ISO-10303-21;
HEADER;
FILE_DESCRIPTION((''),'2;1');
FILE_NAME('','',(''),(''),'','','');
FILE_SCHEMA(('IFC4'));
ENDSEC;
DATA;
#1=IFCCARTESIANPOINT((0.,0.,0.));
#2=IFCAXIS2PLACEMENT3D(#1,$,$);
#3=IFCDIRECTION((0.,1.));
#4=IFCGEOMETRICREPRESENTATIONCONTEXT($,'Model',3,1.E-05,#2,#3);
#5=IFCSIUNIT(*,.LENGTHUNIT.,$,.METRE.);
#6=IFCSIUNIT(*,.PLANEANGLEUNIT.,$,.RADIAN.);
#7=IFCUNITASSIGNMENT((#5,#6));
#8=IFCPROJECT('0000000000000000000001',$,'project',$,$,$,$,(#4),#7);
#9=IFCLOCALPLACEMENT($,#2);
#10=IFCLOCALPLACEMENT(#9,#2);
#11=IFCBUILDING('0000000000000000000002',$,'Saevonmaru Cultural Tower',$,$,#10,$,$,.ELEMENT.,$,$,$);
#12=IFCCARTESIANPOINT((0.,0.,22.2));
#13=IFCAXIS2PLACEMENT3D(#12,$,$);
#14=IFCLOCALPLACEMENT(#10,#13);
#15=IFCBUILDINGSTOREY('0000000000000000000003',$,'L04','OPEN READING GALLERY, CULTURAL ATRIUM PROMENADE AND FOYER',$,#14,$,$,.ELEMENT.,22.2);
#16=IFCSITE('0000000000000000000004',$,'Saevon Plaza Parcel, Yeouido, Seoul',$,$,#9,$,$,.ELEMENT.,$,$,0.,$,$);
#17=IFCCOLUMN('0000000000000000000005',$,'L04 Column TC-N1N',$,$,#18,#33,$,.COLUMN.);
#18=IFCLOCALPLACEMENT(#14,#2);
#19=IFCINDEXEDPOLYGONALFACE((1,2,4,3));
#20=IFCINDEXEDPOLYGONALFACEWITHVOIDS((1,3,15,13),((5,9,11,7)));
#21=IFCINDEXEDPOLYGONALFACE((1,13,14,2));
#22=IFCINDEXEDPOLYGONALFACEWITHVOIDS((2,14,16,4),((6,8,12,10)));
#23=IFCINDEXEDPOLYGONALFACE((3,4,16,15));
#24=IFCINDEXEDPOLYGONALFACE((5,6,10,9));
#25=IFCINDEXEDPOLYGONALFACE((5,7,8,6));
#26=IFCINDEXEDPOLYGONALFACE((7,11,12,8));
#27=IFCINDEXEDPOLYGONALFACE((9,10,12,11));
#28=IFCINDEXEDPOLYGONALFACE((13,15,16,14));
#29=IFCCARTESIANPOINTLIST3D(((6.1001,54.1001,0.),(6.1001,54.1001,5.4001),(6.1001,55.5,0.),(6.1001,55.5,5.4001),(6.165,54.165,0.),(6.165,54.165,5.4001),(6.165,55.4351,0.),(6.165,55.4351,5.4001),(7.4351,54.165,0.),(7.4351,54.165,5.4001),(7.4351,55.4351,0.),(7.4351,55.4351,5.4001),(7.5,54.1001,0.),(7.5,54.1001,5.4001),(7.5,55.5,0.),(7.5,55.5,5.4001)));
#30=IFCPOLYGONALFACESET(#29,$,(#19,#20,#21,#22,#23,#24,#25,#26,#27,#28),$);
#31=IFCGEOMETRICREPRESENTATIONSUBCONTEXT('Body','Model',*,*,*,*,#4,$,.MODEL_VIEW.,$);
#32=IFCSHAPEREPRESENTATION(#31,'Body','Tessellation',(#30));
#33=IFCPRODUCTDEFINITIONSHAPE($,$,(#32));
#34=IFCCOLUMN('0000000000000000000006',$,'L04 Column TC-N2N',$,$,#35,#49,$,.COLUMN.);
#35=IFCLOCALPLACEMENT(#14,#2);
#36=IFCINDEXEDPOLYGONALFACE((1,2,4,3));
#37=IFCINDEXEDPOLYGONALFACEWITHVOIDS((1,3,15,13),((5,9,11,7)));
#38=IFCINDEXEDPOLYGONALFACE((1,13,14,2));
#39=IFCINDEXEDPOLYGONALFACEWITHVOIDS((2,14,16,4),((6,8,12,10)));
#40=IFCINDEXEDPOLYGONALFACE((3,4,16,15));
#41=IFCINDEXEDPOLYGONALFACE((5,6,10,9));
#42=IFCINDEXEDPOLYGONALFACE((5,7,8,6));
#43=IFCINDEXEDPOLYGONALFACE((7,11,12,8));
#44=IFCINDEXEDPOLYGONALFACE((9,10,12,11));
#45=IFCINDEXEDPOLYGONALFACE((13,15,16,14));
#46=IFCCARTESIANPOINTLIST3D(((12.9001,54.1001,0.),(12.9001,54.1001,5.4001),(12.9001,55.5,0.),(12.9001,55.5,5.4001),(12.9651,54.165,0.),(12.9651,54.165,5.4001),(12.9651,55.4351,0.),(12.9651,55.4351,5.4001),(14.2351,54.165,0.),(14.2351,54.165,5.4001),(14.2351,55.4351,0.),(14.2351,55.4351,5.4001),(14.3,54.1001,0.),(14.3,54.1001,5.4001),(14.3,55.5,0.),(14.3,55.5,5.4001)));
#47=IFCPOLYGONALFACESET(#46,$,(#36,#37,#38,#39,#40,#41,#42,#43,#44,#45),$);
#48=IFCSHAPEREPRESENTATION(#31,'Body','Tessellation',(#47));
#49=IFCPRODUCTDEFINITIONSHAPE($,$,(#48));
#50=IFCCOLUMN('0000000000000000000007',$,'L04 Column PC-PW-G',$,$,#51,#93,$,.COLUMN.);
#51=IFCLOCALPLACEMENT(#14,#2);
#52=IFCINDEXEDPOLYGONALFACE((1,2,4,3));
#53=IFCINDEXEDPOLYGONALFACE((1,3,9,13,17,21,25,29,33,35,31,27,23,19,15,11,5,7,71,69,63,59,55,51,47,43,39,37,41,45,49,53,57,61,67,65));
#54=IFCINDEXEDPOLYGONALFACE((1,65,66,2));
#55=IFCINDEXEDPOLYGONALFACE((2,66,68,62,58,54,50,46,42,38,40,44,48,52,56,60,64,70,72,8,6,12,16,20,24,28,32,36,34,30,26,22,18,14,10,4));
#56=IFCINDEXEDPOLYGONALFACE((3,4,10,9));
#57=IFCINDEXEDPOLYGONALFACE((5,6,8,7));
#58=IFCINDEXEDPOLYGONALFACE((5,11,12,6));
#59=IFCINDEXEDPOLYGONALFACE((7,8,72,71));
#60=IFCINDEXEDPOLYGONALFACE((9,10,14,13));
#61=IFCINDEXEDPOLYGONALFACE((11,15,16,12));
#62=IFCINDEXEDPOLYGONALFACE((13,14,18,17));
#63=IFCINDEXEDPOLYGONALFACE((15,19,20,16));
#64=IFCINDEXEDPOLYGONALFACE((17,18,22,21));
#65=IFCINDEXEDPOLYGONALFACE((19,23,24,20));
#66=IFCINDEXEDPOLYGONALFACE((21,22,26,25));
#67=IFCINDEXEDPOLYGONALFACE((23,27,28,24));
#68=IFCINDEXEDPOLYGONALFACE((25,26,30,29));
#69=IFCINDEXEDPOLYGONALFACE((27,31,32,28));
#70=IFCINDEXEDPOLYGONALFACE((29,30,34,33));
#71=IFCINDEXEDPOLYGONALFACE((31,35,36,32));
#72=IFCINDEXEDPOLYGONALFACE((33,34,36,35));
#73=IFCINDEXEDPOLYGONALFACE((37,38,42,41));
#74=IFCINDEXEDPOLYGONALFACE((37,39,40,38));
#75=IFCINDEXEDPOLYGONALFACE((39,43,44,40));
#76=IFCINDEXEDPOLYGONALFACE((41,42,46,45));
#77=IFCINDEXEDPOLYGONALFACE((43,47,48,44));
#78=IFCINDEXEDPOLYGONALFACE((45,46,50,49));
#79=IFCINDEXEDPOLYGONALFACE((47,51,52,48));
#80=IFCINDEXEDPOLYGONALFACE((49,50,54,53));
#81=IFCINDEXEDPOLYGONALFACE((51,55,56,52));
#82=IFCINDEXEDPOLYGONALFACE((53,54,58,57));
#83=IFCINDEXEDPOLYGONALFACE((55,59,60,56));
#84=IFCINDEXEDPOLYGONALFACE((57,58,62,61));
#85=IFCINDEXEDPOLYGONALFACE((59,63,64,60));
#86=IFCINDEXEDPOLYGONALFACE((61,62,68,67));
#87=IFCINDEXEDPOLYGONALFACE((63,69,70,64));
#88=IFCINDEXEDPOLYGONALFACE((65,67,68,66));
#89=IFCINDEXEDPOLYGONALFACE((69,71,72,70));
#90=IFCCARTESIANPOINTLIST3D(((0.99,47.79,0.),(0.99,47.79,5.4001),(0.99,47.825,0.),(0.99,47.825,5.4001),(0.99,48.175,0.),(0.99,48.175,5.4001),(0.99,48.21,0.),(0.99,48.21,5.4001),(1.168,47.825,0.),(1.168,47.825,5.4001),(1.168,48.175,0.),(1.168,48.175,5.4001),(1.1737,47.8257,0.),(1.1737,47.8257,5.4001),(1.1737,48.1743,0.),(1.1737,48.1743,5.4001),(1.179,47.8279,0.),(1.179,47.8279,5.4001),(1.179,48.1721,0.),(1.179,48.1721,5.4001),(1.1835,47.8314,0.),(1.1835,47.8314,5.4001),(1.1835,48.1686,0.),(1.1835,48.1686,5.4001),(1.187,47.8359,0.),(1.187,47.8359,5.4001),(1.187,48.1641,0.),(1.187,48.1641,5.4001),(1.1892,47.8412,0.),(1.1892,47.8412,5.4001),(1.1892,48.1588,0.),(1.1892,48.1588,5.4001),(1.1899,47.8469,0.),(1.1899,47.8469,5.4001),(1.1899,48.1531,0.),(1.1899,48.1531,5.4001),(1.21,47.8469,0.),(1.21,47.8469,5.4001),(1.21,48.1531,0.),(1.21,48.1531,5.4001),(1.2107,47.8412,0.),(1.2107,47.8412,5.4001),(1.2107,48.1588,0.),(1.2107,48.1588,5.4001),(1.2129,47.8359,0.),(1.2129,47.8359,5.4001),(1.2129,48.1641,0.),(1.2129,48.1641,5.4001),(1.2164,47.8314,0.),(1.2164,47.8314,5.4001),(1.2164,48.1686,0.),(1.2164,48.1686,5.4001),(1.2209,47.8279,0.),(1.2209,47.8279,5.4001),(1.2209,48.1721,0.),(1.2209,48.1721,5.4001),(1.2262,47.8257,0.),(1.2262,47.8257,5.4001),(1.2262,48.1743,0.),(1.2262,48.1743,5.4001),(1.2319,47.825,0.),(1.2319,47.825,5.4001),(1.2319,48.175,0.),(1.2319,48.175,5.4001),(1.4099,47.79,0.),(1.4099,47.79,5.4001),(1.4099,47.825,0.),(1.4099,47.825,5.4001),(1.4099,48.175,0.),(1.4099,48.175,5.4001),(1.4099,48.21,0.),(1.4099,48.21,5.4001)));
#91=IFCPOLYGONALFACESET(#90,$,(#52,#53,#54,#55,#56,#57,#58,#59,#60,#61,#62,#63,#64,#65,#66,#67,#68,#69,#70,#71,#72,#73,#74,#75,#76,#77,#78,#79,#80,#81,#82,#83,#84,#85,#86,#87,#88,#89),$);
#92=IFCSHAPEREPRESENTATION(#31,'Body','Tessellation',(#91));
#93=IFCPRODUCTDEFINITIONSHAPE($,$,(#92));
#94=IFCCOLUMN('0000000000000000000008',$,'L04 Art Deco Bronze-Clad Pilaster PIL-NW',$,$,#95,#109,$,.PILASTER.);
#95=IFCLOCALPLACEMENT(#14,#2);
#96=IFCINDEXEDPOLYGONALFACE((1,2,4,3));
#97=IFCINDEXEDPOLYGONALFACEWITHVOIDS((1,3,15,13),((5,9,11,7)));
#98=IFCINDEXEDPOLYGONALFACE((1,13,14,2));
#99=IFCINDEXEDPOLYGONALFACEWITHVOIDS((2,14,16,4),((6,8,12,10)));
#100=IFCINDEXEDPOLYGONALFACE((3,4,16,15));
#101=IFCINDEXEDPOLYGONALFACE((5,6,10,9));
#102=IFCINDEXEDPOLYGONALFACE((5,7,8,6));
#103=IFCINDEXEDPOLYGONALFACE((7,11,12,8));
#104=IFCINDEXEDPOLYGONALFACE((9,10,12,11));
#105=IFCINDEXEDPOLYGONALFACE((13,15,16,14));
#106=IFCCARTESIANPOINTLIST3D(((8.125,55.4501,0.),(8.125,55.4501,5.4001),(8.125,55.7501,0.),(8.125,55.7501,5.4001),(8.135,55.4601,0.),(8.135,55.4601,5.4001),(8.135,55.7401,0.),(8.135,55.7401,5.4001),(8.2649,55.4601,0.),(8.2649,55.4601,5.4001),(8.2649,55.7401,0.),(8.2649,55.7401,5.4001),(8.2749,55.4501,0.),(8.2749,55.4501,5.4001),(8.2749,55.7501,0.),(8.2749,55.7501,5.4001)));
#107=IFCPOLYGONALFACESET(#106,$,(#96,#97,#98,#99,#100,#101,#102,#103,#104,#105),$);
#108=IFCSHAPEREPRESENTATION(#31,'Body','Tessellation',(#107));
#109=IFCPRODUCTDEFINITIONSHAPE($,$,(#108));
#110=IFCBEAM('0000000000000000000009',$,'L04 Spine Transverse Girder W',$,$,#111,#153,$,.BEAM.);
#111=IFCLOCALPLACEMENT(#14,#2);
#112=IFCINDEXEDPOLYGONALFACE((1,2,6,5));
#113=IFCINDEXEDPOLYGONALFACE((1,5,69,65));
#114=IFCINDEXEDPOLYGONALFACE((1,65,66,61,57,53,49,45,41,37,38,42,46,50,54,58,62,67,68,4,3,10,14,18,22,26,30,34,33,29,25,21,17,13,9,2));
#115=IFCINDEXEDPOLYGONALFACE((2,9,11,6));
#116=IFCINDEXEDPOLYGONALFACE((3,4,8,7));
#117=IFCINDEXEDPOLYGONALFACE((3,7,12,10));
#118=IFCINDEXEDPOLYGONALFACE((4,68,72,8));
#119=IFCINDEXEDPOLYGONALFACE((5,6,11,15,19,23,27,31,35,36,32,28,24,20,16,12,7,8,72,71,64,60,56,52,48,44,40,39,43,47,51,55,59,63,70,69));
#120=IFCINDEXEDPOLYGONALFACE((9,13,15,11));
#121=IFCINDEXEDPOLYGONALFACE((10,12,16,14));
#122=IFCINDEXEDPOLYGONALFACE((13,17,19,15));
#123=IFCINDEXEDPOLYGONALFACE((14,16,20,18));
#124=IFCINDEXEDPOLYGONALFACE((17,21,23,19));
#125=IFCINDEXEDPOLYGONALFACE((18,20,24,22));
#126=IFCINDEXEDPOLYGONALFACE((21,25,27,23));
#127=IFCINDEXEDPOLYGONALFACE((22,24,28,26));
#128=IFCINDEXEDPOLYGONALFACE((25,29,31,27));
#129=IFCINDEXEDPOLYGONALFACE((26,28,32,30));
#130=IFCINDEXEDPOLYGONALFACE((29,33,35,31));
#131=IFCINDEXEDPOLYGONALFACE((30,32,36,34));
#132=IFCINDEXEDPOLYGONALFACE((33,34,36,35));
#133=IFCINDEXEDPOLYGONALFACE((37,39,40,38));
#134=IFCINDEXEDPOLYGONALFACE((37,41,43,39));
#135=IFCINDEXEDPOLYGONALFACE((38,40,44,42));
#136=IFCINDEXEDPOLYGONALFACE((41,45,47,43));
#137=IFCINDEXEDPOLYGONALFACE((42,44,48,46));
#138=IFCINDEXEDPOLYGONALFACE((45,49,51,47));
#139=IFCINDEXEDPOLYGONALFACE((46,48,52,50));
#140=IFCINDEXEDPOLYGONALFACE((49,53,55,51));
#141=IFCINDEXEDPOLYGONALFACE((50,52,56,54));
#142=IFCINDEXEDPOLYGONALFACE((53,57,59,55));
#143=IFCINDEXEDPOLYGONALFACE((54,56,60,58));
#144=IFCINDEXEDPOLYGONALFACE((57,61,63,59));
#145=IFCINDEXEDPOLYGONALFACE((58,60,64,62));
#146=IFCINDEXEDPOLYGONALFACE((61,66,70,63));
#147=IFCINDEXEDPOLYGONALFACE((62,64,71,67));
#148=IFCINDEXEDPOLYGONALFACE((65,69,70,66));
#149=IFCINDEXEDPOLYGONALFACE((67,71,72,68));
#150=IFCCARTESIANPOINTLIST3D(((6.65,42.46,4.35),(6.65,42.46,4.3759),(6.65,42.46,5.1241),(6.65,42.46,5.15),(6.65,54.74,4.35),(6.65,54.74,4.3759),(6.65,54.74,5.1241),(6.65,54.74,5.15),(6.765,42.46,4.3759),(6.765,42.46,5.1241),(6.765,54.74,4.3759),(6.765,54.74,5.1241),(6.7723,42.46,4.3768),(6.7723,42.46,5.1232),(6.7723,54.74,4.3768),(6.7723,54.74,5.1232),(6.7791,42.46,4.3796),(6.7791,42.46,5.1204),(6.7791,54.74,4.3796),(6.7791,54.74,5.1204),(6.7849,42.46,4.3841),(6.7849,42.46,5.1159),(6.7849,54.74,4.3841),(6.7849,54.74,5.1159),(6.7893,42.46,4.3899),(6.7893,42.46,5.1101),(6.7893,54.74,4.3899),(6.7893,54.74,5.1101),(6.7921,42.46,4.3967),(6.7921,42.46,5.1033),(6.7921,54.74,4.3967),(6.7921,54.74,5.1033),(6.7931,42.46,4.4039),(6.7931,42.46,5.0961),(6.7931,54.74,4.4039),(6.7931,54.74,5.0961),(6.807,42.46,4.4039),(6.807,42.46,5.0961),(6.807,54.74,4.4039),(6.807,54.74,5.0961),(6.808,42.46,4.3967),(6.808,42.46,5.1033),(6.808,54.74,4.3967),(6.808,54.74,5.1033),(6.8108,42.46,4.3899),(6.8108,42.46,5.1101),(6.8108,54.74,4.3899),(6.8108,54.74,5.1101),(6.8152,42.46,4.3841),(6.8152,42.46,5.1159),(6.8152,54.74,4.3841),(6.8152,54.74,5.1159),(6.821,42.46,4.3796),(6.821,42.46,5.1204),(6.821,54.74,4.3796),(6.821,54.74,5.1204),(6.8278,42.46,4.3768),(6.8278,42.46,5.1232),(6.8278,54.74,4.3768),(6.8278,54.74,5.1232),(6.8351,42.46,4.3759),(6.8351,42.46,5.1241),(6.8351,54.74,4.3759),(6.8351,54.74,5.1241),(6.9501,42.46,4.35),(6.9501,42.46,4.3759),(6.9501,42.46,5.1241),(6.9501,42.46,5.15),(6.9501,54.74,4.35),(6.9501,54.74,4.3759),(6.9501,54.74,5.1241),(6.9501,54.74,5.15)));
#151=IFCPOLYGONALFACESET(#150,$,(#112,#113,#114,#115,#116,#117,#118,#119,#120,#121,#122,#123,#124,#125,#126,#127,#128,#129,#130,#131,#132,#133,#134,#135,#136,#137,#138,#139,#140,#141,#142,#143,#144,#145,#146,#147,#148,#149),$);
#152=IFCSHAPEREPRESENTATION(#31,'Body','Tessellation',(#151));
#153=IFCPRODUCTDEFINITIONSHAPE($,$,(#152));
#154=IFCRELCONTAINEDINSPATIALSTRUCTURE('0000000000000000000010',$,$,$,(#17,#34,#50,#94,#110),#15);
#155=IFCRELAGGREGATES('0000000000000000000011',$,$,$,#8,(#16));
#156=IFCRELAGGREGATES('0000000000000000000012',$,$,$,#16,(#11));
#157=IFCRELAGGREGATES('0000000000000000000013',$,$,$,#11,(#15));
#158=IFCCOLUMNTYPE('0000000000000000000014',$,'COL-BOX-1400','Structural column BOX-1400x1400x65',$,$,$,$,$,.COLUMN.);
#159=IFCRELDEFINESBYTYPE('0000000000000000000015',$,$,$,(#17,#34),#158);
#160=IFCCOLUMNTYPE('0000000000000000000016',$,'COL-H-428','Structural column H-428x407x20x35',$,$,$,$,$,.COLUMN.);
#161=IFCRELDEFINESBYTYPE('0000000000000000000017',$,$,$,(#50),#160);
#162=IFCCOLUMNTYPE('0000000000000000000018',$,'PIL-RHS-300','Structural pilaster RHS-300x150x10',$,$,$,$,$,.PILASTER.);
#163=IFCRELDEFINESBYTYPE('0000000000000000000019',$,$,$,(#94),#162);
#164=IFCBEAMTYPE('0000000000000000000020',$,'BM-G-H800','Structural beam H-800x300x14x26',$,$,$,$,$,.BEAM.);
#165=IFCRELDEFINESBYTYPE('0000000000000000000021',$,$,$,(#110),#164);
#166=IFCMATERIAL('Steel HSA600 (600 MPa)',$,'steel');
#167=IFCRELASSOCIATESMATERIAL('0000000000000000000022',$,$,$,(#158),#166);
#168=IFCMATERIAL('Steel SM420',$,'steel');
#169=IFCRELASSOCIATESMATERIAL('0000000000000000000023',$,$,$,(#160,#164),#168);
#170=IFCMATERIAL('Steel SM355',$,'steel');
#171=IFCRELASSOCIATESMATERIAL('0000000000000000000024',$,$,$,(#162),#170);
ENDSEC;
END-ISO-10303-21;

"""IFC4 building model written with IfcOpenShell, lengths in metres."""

from ifc_helpers import new_model, si_unit, direction, frame, origin, origin_2d, place, context, subcontext, project, spatial, hollow_rectangle, i_section, extrude, material, material_profile, profile_set, type_object, element, save


model = new_model("IFC4")

# Units and contexts
model_context = context("Model", 3, precision=1e-05, world=origin(), true_north=direction((0.0, 1.0)))
body_context = subcontext(model_context, "Body", "Model", "MODEL_VIEW")
ifc_project = project(units=[si_unit("LENGTHUNIT", "METRE"), si_unit("PLANEANGLEUNIT", "RADIAN")], contexts=[model_context])

# Site, building, storey
site_placement = place(None, origin())
site = spatial("IfcSite", under=ifc_project, at=site_placement, Name="Saevon Plaza Parcel, Yeouido, Seoul", CompositionType="ELEMENT", RefElevation=0.0)
building_placement = place(site_placement, origin())
building = spatial("IfcBuilding", under=site, at=building_placement, Name="Saevonmaru Cultural Tower", CompositionType="ELEMENT")
storey_placement = place(building_placement, frame((0.0, 0.0, 22.2)))
storey = spatial("IfcBuildingStorey", under=building, at=storey_placement, Name="L04", Description="OPEN READING GALLERY, CULTURAL ATRIUM PROMENADE AND FOYER", CompositionType="ELEMENT", Elevation=22.2)

# Columns
ifc_material_1 = material(Name="Steel HSA600 (600 MPa)", Category="steel")
ifc_material_profile_1 = material_profile(ifc_material_1, hollow_rectangle(XDim=1.3999, YDim=1.3999, WallThickness=0.0649, at=origin_2d()), Name="BOX-1400x1400x65")
ifc_profile_set_1 = profile_set([ifc_material_profile_1], Name="Steel HSA600 (600 MPa)")
column_type_1 = type_object("IfcColumnType", Name="COL-BOX-1400", Description="Structural column BOX-1400x1400x65", PredefinedType="COLUMN", material=ifc_profile_set_1)
for number, where, z_axis, x_axis, name in (
    (1, (6.8, 54.8, 0.0), (0.0, 0.0, 1.0), (1.0, 0.0, 0.0), "L04 Column TC-N1N"),
    (2, (13.6001, 54.8, 0.0), (0.0, 0.0, 1.0), (1.0, 0.0, 0.0), "L04 Column TC-N2N"),
):
    element("IfcColumn", number, at=place(storey_placement, frame(where, z_axis=z_axis, x_axis=x_axis)), inside=storey, type_object=column_type_1, Name=name, PredefinedType="COLUMN", context=body_context, shape_type="SweptSolid", body=[
        extrude(hollow_rectangle(XDim=1.3999, YDim=1.3999, WallThickness=0.0649, at=origin_2d()), origin(), (0.0, 0.0, 1.0), 5.4001),
    ])
ifc_material_2 = material(Name="Steel SM420", Category="steel")
ifc_material_profile_2 = material_profile(ifc_material_2, i_section(OverallWidth=0.4199, OverallDepth=0.4199, WebThickness=0.02, FlangeThickness=0.0349, FilletRadius=0.022, at=origin_2d()), Name="H-428x407x20x35")
ifc_profile_set_2 = profile_set([ifc_material_profile_2], Name="Steel SM420")
column_type_2 = type_object("IfcColumnType", Name="COL-H-428", Description="Structural column H-428x407x20x35", PredefinedType="COLUMN", material=ifc_profile_set_2)
column_1_placement = place(storey_placement, frame((1.2, 48.0, 0.0), z_axis=(0.0, 0.0, 1.0), x_axis=(1.0, 0.0, 0.0)))
element("IfcColumn", 3, at=column_1_placement, inside=storey, type_object=column_type_2, Name="L04 Column PC-PW-G", PredefinedType="COLUMN", context=body_context, shape_type="SweptSolid", body=[
    extrude(i_section(OverallWidth=0.4199, OverallDepth=0.4199, WebThickness=0.02, FlangeThickness=0.0349, FilletRadius=0.022, at=origin_2d()), origin(), (0.0, 0.0, 1.0), 5.4001),
])
ifc_material_3 = material(Name="Steel SM355", Category="steel")
ifc_material_profile_3 = material_profile(ifc_material_3, hollow_rectangle(XDim=0.1499, YDim=0.3, WallThickness=0.01, at=origin_2d()), Name="RHS-300x150x10")
ifc_profile_set_3 = profile_set([ifc_material_profile_3], Name="Steel SM355")
column_type_3 = type_object("IfcColumnType", Name="PIL-RHS-300", Description="Structural pilaster RHS-300x150x10", PredefinedType="PILASTER", material=ifc_profile_set_3)
column_2_placement = place(storey_placement, frame((8.2, 55.6001, 0.0), z_axis=(0.0, 0.0, 1.0), x_axis=(1.0, 0.0, 0.0)))
element("IfcColumn", 4, at=column_2_placement, inside=storey, type_object=column_type_3, Name="L04 Art Deco Bronze-Clad Pilaster PIL-NW", PredefinedType="PILASTER", context=body_context, shape_type="SweptSolid", body=[
    extrude(hollow_rectangle(XDim=0.1499, YDim=0.3, WallThickness=0.01, at=origin_2d()), origin(), (0.0, 0.0, 1.0), 5.4001),
])

# Beam
ifc_material_profile_4 = material_profile(ifc_material_2, i_section(OverallWidth=0.3, OverallDepth=0.8, WebThickness=0.0139, FlangeThickness=0.0259, FilletRadius=0.0281, at=origin_2d()), Name="H-800x300x14x26")
ifc_profile_set_4 = profile_set([ifc_material_profile_4], Name="Steel SM420")
beam_type_1 = type_object("IfcBeamType", Name="BM-G-H800", Description="Structural beam H-800x300x14x26", PredefinedType="BEAM", material=ifc_profile_set_4)
beam_1_placement = place(storey_placement, frame((6.8, 54.74, 4.75), z_axis=(0.0, -1.0, 0.0), x_axis=(1.0, 0.0, 0.0)))
element("IfcBeam", 5, at=beam_1_placement, inside=storey, type_object=beam_type_1, Name="L04 Spine Transverse Girder W", PredefinedType="BEAM", context=body_context, shape_type="SweptSolid", body=[
    extrude(i_section(OverallWidth=0.3, OverallDepth=0.8, WebThickness=0.0139, FlangeThickness=0.0259, FilletRadius=0.0281, at=origin_2d()), origin(), (0.0, 0.0, 1.0), 12.28),
])

save(model, "model.ifc")
